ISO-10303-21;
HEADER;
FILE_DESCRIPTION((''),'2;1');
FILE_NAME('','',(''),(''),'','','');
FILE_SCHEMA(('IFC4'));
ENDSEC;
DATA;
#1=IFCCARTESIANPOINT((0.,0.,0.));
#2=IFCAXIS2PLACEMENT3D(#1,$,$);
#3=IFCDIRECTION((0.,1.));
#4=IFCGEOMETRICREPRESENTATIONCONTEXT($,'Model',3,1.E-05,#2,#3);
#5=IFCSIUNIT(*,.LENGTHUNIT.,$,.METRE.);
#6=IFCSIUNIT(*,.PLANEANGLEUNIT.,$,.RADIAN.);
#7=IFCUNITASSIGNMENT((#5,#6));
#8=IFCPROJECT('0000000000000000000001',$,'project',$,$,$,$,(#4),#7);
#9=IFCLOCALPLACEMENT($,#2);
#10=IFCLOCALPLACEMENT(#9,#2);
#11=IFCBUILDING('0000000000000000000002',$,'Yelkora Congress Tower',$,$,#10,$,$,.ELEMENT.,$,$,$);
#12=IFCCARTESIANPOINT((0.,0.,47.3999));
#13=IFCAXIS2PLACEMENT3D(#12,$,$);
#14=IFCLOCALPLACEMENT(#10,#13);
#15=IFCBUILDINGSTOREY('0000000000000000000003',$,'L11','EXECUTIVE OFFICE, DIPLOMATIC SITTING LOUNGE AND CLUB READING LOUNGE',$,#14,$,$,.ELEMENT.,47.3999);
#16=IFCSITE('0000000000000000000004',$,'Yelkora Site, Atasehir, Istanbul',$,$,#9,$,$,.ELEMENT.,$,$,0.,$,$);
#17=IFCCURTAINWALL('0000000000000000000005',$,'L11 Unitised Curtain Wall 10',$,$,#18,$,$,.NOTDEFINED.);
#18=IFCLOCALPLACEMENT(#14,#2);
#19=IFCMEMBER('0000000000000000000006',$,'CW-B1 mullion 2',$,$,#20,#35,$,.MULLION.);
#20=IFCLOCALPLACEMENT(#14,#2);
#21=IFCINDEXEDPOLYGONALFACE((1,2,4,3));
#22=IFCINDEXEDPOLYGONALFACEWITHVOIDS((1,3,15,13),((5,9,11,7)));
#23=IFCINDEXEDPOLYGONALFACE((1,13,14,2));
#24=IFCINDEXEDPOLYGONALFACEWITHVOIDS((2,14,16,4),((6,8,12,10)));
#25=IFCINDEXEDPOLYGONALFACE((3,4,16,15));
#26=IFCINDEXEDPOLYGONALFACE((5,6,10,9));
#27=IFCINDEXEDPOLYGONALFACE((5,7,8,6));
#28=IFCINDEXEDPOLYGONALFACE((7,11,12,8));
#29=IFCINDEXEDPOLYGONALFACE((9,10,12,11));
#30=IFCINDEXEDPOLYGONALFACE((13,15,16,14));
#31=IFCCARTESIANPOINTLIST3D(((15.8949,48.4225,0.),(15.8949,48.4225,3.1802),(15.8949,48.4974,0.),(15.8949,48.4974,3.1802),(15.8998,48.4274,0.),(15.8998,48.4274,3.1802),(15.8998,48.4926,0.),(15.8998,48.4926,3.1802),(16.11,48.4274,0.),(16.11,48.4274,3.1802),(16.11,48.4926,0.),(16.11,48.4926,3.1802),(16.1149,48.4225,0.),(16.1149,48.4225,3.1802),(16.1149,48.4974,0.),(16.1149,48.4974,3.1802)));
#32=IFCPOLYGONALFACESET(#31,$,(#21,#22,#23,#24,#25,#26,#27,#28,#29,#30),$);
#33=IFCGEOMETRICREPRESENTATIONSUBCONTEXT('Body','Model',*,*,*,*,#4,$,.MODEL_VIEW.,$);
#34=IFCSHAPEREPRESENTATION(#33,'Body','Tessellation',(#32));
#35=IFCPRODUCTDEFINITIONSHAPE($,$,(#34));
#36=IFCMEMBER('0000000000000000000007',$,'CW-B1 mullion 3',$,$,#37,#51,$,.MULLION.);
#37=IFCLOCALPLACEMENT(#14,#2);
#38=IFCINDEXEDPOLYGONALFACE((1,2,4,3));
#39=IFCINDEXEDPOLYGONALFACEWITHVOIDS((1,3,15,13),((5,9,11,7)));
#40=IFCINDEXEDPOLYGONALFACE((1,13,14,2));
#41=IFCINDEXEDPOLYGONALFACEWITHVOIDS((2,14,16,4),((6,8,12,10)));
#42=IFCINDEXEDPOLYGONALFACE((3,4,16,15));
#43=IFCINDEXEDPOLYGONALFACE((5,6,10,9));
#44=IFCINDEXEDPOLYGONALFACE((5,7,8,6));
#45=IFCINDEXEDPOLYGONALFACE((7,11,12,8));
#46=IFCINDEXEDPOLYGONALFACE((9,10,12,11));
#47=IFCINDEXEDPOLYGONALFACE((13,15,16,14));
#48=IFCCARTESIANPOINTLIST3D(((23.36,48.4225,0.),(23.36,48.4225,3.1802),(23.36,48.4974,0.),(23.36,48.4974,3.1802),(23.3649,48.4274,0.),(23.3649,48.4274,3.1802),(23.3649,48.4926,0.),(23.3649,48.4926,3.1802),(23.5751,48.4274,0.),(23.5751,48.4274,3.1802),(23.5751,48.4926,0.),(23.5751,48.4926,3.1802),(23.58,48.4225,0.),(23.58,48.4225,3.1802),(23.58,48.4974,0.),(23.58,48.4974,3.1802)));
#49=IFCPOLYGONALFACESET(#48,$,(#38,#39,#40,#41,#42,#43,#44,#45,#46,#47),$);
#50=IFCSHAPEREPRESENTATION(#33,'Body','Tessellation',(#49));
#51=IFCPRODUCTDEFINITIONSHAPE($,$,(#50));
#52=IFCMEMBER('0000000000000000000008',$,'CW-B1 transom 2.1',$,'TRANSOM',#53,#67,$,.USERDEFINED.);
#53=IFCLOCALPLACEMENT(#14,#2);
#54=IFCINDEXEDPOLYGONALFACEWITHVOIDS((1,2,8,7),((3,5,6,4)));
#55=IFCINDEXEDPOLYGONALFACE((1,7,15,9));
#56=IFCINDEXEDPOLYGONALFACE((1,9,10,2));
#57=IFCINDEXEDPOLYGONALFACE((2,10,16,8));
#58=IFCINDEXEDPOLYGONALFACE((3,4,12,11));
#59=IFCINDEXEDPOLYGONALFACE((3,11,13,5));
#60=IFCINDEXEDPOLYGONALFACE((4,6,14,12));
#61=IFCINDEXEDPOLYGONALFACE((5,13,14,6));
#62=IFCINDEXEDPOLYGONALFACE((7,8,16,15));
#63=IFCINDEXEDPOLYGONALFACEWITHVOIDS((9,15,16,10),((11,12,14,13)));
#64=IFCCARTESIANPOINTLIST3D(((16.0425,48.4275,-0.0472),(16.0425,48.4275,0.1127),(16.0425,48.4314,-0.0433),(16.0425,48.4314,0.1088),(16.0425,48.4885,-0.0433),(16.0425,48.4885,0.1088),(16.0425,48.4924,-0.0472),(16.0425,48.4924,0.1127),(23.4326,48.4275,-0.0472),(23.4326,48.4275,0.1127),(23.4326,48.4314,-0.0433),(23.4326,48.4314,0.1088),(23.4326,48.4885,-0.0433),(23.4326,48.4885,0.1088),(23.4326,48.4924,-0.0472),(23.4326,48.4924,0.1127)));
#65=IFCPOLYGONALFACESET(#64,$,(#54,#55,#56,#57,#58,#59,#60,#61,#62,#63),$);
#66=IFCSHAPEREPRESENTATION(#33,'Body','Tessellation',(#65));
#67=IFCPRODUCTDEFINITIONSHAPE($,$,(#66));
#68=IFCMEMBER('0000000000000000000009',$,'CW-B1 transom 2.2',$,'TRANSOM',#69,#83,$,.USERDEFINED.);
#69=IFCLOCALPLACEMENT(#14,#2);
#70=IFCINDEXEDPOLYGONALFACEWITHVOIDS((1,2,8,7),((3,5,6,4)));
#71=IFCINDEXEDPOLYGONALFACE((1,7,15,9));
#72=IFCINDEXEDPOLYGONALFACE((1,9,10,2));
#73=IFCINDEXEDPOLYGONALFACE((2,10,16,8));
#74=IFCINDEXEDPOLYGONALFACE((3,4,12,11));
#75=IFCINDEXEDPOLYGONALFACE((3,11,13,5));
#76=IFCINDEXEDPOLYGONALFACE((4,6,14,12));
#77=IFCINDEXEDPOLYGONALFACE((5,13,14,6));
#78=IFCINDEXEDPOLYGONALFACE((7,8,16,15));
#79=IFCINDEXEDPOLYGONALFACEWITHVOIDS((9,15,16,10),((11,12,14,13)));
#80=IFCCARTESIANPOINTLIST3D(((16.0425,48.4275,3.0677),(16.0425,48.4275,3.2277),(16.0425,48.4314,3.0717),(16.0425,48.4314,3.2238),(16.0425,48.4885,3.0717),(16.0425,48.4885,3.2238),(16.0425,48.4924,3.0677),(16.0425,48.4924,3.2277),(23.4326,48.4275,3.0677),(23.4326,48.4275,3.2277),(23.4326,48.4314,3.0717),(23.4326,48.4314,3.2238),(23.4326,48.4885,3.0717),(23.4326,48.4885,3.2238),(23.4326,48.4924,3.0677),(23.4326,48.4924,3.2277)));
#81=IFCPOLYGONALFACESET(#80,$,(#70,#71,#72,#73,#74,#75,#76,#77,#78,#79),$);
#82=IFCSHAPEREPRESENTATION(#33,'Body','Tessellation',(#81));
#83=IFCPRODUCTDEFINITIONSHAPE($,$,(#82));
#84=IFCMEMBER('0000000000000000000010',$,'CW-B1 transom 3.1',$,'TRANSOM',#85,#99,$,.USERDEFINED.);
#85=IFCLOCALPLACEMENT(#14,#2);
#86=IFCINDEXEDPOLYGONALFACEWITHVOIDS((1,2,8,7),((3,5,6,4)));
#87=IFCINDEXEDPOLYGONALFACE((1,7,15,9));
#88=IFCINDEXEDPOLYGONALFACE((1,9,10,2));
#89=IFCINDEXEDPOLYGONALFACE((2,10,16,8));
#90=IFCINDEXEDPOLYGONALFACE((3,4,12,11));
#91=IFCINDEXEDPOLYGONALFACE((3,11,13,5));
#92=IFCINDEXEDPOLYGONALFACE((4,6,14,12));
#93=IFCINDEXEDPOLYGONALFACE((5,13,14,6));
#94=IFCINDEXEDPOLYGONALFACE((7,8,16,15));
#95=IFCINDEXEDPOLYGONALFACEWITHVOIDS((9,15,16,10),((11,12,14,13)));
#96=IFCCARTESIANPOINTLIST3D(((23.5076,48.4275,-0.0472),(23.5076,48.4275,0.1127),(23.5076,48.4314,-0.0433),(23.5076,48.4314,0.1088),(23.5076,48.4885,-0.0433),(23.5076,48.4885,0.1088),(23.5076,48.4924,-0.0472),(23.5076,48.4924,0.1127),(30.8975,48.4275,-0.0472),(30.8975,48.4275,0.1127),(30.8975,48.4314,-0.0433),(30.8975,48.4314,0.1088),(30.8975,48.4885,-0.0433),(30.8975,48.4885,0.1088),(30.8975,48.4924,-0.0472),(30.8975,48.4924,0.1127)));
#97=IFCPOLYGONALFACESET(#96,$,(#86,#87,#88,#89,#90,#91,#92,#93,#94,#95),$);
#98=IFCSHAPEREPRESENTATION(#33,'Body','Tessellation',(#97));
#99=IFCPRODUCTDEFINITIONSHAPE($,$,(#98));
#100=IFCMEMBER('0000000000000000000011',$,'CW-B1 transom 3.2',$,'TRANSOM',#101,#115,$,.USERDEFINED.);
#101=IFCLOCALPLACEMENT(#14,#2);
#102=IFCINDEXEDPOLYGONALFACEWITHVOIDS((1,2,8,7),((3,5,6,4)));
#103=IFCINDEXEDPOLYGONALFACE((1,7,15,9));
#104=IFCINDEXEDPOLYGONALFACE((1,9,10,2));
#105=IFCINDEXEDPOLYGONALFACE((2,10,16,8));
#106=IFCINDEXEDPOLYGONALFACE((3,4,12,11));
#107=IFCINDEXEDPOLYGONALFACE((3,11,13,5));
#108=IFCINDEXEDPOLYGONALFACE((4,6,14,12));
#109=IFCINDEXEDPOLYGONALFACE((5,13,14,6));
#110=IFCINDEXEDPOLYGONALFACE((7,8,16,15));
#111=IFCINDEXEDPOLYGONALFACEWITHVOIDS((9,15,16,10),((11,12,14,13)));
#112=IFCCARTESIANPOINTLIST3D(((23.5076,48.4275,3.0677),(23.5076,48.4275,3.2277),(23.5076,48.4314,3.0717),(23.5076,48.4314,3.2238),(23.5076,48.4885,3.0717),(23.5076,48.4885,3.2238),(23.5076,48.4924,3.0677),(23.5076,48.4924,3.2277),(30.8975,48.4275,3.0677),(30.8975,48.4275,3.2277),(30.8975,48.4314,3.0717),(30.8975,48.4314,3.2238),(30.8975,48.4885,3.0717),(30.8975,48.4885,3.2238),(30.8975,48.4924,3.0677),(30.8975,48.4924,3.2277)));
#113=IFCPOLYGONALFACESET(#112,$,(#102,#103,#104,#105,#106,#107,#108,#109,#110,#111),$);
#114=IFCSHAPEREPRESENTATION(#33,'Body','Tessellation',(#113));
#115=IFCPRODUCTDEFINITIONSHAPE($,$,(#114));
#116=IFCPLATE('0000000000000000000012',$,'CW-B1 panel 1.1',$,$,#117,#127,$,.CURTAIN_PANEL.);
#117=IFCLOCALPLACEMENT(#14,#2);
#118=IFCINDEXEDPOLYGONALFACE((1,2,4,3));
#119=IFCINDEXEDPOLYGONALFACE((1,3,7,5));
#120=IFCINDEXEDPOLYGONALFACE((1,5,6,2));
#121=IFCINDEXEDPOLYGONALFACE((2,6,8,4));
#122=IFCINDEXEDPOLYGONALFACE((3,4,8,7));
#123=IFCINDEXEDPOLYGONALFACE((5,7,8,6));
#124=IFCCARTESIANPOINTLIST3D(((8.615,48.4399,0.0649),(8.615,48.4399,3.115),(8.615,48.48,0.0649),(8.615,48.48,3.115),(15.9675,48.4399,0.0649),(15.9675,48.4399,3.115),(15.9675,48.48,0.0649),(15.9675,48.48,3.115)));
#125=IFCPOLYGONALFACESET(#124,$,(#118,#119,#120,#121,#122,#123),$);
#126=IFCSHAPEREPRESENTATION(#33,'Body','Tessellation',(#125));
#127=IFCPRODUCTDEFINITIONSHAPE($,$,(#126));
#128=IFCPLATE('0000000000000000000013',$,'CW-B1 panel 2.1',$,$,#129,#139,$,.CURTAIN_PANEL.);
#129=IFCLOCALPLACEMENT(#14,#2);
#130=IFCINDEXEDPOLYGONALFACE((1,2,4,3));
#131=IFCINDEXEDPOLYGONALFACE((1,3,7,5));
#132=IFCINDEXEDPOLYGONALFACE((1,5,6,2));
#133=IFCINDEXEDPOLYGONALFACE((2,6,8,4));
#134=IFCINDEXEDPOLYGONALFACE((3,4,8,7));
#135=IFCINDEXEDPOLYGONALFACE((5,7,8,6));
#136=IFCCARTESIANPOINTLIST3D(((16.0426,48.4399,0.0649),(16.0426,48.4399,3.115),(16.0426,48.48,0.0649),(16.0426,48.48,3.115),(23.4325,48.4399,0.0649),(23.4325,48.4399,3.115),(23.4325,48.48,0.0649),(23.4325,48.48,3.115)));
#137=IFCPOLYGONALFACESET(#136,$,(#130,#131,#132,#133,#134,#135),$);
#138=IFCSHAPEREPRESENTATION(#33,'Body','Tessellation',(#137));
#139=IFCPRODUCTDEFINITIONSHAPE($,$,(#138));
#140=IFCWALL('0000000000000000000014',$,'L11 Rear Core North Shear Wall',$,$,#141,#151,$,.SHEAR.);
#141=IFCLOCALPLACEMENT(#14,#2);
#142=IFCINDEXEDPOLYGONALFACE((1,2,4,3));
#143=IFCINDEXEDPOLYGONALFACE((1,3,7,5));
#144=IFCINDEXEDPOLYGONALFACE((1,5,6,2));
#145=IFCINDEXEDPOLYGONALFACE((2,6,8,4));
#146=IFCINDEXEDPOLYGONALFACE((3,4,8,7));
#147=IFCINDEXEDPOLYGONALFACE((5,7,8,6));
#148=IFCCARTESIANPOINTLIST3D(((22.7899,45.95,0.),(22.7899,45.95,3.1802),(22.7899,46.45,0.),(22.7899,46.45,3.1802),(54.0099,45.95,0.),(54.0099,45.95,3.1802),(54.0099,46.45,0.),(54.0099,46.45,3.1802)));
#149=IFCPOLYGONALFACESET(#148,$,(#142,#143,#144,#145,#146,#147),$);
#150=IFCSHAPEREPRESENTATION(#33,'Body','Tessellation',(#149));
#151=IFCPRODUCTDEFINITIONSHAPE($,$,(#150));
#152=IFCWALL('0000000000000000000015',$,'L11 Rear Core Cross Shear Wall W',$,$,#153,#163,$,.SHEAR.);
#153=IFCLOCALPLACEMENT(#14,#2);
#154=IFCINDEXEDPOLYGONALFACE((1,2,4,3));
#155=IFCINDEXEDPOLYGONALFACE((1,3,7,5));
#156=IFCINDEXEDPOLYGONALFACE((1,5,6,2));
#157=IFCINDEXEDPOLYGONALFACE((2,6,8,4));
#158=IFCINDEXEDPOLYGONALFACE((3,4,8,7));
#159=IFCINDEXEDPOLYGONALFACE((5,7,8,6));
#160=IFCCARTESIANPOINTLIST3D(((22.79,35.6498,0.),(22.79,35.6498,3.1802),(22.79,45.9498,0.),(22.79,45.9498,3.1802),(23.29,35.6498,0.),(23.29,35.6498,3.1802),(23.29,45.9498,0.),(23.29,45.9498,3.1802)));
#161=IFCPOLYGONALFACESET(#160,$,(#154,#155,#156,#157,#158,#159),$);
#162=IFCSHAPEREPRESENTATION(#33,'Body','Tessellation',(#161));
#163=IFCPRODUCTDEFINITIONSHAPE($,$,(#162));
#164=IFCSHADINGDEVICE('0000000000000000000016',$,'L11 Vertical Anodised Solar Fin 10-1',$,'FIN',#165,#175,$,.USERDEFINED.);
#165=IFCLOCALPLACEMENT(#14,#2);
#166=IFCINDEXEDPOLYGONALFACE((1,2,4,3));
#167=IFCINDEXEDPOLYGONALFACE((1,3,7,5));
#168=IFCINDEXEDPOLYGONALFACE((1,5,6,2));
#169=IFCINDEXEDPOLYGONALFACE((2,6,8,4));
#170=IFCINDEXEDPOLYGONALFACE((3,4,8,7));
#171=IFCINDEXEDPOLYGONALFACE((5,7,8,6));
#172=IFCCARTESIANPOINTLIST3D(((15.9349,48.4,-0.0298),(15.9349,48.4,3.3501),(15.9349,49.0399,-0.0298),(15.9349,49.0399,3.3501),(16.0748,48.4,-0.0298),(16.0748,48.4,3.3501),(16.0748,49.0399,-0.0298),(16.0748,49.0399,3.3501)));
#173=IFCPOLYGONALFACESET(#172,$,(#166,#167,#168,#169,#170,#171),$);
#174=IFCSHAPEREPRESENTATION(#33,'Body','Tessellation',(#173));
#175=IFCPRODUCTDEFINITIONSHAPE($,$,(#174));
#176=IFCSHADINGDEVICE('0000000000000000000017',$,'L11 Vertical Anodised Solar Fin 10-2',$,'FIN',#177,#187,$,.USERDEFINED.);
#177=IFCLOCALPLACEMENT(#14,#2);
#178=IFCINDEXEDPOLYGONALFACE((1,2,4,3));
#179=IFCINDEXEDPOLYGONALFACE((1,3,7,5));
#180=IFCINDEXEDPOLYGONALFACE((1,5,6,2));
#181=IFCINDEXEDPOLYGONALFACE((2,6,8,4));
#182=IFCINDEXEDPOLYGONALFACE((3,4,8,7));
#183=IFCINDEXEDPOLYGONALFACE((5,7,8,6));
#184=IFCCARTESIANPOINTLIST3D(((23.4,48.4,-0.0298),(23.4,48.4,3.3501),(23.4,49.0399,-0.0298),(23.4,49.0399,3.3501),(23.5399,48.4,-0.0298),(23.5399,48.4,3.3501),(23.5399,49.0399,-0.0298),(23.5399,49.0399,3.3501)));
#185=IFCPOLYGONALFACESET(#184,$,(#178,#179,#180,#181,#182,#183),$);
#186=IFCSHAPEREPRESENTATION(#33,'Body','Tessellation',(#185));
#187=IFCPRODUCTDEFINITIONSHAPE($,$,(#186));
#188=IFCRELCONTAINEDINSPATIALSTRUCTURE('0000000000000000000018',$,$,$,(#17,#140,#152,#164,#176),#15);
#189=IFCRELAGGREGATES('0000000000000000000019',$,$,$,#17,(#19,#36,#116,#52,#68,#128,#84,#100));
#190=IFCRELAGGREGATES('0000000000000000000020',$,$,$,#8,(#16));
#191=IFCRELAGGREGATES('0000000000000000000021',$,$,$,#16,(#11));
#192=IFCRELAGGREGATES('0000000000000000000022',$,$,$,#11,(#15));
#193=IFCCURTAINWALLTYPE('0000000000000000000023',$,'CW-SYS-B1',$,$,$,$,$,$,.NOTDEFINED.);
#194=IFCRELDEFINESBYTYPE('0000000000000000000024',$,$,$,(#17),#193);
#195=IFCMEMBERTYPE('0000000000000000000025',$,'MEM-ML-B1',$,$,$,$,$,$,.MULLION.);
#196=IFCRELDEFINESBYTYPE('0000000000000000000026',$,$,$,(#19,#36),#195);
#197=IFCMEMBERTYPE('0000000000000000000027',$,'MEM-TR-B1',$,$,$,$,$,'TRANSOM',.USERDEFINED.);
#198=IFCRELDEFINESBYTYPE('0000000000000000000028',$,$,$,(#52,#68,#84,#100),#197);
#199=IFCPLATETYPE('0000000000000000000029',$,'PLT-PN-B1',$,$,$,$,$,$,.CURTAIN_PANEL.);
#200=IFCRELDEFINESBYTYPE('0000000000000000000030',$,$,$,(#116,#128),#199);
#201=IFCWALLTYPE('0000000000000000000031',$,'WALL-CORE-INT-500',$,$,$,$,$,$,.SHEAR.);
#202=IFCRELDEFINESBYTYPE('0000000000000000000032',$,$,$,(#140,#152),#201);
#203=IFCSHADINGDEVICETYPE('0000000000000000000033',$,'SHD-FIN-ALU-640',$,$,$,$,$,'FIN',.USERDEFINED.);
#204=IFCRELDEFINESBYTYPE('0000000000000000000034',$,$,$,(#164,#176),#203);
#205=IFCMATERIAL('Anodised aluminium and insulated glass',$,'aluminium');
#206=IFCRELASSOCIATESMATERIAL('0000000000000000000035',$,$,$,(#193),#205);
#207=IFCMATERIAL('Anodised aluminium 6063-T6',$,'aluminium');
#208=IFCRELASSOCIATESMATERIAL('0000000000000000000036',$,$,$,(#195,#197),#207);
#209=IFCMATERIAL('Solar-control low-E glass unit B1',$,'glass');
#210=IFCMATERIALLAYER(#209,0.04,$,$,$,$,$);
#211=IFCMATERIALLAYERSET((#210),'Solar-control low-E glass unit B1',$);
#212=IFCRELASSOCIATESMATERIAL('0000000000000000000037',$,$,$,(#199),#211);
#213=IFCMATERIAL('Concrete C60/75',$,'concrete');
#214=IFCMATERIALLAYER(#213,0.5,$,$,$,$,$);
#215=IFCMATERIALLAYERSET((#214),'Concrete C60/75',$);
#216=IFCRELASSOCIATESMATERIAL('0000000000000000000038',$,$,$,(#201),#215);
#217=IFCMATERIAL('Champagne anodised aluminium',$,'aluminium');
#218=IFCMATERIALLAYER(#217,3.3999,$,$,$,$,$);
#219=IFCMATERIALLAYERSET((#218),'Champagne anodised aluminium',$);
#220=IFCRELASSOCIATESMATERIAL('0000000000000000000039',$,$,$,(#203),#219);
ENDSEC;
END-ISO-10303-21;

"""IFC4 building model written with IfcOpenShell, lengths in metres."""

from ifc_helpers import new_model, si_unit, direction, frame, frame_2d, origin, origin_2d, place, context, subcontext, project, spatial, rectangle, hollow_rectangle, extrude, material, layer, layer_set, material_profile, profile_set, type_object, element, aggregate, save


model = new_model("IFC4")

# Units and contexts
model_context = context("Model", 3, precision=1e-05, world=origin(), true_north=direction((0.0, 1.0)))
body_context = subcontext(model_context, "Body", "Model", "MODEL_VIEW")
ifc_project = project(units=[si_unit("LENGTHUNIT", "METRE"), si_unit("PLANEANGLEUNIT", "RADIAN")], contexts=[model_context])

# Site, building, storey
site_placement = place(None, origin())
site = spatial("IfcSite", under=ifc_project, at=site_placement, Name="Yelkora Site, Atasehir, Istanbul", CompositionType="ELEMENT", RefElevation=0.0)
building_placement = place(site_placement, origin())
building = spatial("IfcBuilding", under=site, at=building_placement, Name="Yelkora Congress Tower", CompositionType="ELEMENT")
storey_placement = place(building_placement, frame((0.0, 0.0, 47.3999)))
storey = spatial("IfcBuildingStorey", under=building, at=storey_placement, Name="L11", Description="EXECUTIVE OFFICE, DIPLOMATIC SITTING LOUNGE AND CLUB READING LOUNGE", CompositionType="ELEMENT", Elevation=47.3999)

# Shared definitions
ifc_material_1 = material(Name="Concrete C60/75", Category="concrete")

# Curtain wall, members, plates
ifc_material_2 = material(Name="Anodised aluminium and insulated glass", Category="aluminium")
curtain_wall_type = type_object("IfcCurtainWallType", Name="CW-SYS-B1", PredefinedType="NOTDEFINED", material=ifc_material_2)
curtain_wall_placement = place(storey_placement, origin())
curtain_wall = element("IfcCurtainWall", 1, at=curtain_wall_placement, inside=storey, type_object=curtain_wall_type, Name="L11 Unitised Curtain Wall 10", PredefinedType="NOTDEFINED")
ifc_material_3 = material(Name="Anodised aluminium 6063-T6", Category="aluminium")
ifc_material_profile_1 = material_profile(ifc_material_3, hollow_rectangle(XDim=0.075, YDim=0.22, WallThickness=0.0049, at=origin_2d()), Name="ALU 75x220x5")
ifc_profile_set_1 = profile_set([ifc_material_profile_1], Name="Anodised aluminium 6063-T6")
member_type_1 = type_object("IfcMemberType", Name="MEM-ML-B1", PredefinedType="MULLION", material=ifc_profile_set_1)
member_1_placement = place(storey_placement, frame((16.0049, 48.46, 0.0), z_axis=(0.0, 0.0, 1.0), x_axis=(0.0, 1.0, 0.0)))
member_1 = element("IfcMember", 2, at=member_1_placement, type_object=member_type_1, Name="CW-B1 mullion 2", PredefinedType="MULLION", context=body_context, shape_type="SweptSolid", body=[
    extrude(hollow_rectangle(XDim=0.075, YDim=0.22, WallThickness=0.0049, at=origin_2d()), origin(), (0.0, 0.0, 1.0), 3.1802),
])
member_2_placement = place(storey_placement, frame((23.47, 48.46, 0.0), z_axis=(0.0, 0.0, 1.0), x_axis=(0.0, 1.0, 0.0)))
member_2 = element("IfcMember", 3, at=member_2_placement, type_object=member_type_1, Name="CW-B1 mullion 3", PredefinedType="MULLION", context=body_context, shape_type="SweptSolid", body=[
    extrude(hollow_rectangle(XDim=0.075, YDim=0.22, WallThickness=0.0049, at=origin_2d()), origin(), (0.0, 0.0, 1.0), 3.1802),
])
ifc_material_profile_2 = material_profile(ifc_material_3, hollow_rectangle(XDim=0.0649, YDim=0.1599, WallThickness=0.0039, at=origin_2d()), Name="ALU 65x160x4")
ifc_profile_set_2 = profile_set([ifc_material_profile_2], Name="Anodised aluminium 6063-T6")
member_type_2 = type_object("IfcMemberType", Name="MEM-TR-B1", ElementType="TRANSOM", PredefinedType="USERDEFINED", material=ifc_profile_set_2)
member_3_placement = place(storey_placement, frame((16.0425, 48.46, 0.0327), z_axis=(1.0, 0.0, 0.0), x_axis=(0.0, 1.0, 0.0)))
member_3 = element("IfcMember", 4, at=member_3_placement, type_object=member_type_2, Name="CW-B1 transom 2.1", ObjectType="TRANSOM", PredefinedType="USERDEFINED", context=body_context, shape_type="SweptSolid", body=[
    extrude(hollow_rectangle(XDim=0.0649, YDim=0.1599, WallThickness=0.0039, at=origin_2d()), origin(), (0.0, 0.0, 1.0), 7.3901),
])
member_4_placement = place(storey_placement, frame((16.0425, 48.46, 3.1477), z_axis=(1.0, 0.0, 0.0), x_axis=(0.0, 1.0, 0.0)))
member_4 = element("IfcMember", 5, at=member_4_placement, type_object=member_type_2, Name="CW-B1 transom 2.2", ObjectType="TRANSOM", PredefinedType="USERDEFINED", context=body_context, shape_type="SweptSolid", body=[
    extrude(hollow_rectangle(XDim=0.0649, YDim=0.1599, WallThickness=0.0039, at=origin_2d()), origin(), (0.0, 0.0, 1.0), 7.3901),
])
member_5_placement = place(storey_placement, frame((23.5076, 48.46, 0.0327), z_axis=(1.0, 0.0, 0.0), x_axis=(0.0, 1.0, 0.0)))
member_5 = element("IfcMember", 6, at=member_5_placement, type_object=member_type_2, Name="CW-B1 transom 3.1", ObjectType="TRANSOM", PredefinedType="USERDEFINED", context=body_context, shape_type="SweptSolid", body=[
    extrude(hollow_rectangle(XDim=0.0649, YDim=0.1599, WallThickness=0.0039, at=origin_2d()), origin(), (0.0, 0.0, 1.0), 7.3899),
])
member_6_placement = place(storey_placement, frame((23.5076, 48.46, 3.1477), z_axis=(1.0, 0.0, 0.0), x_axis=(0.0, 1.0, 0.0)))
member_6 = element("IfcMember", 7, at=member_6_placement, type_object=member_type_2, Name="CW-B1 transom 3.2", ObjectType="TRANSOM", PredefinedType="USERDEFINED", context=body_context, shape_type="SweptSolid", body=[
    extrude(hollow_rectangle(XDim=0.0649, YDim=0.1599, WallThickness=0.0039, at=origin_2d()), origin(), (0.0, 0.0, 1.0), 7.3899),
])
ifc_material_4 = material(Name="Solar-control low-E glass unit B1", Category="glass")
ifc_layer_1 = layer(ifc_material_4, 0.04)
ifc_layer_set_1 = layer_set([ifc_layer_1], Name="Solar-control low-E glass unit B1")
plate_type = type_object("IfcPlateType", Name="PLT-PN-B1", PredefinedType="CURTAIN_PANEL", material=ifc_layer_set_1)
plate_1_placement = place(storey_placement, frame((12.2913, 48.46, 0.0649), z_axis=(0.0, 0.0, 1.0), x_axis=(1.0, 0.0, 0.0)))
plate_1 = element("IfcPlate", 8, at=plate_1_placement, type_object=plate_type, Name="CW-B1 panel 1.1", PredefinedType="CURTAIN_PANEL", context=body_context, shape_type="SweptSolid", body=[
    extrude(rectangle(XDim=7.3525, YDim=0.04, at=origin_2d()), origin(), (0.0, 0.0, 1.0), 3.05),
])
plate_2_placement = place(storey_placement, frame((19.7375, 48.46, 0.0649), z_axis=(0.0, 0.0, 1.0), x_axis=(1.0, 0.0, 0.0)))
plate_2 = element("IfcPlate", 9, at=plate_2_placement, type_object=plate_type, Name="CW-B1 panel 2.1", PredefinedType="CURTAIN_PANEL", context=body_context, shape_type="SweptSolid", body=[
    extrude(rectangle(XDim=7.3899, YDim=0.04, at=origin_2d()), origin(), (0.0, 0.0, 1.0), 3.05),
])
aggregate(curtain_wall, [member_1, member_2, plate_1, member_3, member_4, plate_2, member_5, member_6])

# Walls
ifc_layer_2 = layer(ifc_material_1, 0.5)
ifc_layer_set_2 = layer_set([ifc_layer_2], Name="Concrete C60/75")
wall_type_1 = type_object("IfcWallType", Name="WALL-CORE-INT-500", PredefinedType="SHEAR", material=ifc_layer_set_2)
wall_1_placement = place(storey_placement, frame((22.79, 46.2, 0.0), z_axis=(0.0, 0.0, 1.0), x_axis=(1.0, 0.0, 0.0)))
element("IfcWall", 10, at=wall_1_placement, inside=storey, type_object=wall_type_1, Name="L11 Rear Core North Shear Wall", PredefinedType="SHEAR", context=body_context, shape_type="SweptSolid", body=[
    extrude(rectangle(XDim=31.22, YDim=0.5, at=frame_2d((15.6099, 0.0))), origin(), (0.0, 0.0, 1.0), 3.1802),
])
wall_2_placement = place(storey_placement, frame((23.04, 35.6499, 0.0), z_axis=(0.0, 0.0, 1.0), x_axis=(0.0, 1.0, 0.0)))
element("IfcWall", 11, at=wall_2_placement, inside=storey, type_object=wall_type_1, Name="L11 Rear Core Cross Shear Wall W", PredefinedType="SHEAR", context=body_context, shape_type="SweptSolid", body=[
    extrude(rectangle(XDim=10.3, YDim=0.5, at=frame_2d((5.1499, 0.0))), origin(), (0.0, 0.0, 1.0), 3.1802),
])

# Shading devices
ifc_material_5 = material(Name="Champagne anodised aluminium", Category="aluminium")
ifc_layer_3 = layer(ifc_material_5, 3.3999)
ifc_layer_set_3 = layer_set([ifc_layer_3], Name="Champagne anodised aluminium")
shading_device_type = type_object("IfcShadingDeviceType", Name="SHD-FIN-ALU-640", ElementType="FIN", PredefinedType="USERDEFINED", material=ifc_layer_set_3)
for number, where, z_axis, x_axis, name in (
    (12, (16.0049, 48.72, -0.0298), (0.0, 0.0, 1.0), (1.0, 0.0, 0.0), "L11 Vertical Anodised Solar Fin 10-1"),
    (13, (23.47, 48.72, -0.0298), (0.0, 0.0, 1.0), (1.0, 0.0, 0.0), "L11 Vertical Anodised Solar Fin 10-2"),
):
    element("IfcShadingDevice", number, at=place(storey_placement, frame(where, z_axis=z_axis, x_axis=x_axis)), inside=storey, type_object=shading_device_type, Name=name, ObjectType="FIN", PredefinedType="USERDEFINED", context=body_context, shape_type="SweptSolid", body=[
        extrude(rectangle(XDim=0.1399, YDim=0.6399, at=origin_2d()), origin(), (0.0, 0.0, 1.0), 3.3799),
    ])

save(model, "model.ifc")
